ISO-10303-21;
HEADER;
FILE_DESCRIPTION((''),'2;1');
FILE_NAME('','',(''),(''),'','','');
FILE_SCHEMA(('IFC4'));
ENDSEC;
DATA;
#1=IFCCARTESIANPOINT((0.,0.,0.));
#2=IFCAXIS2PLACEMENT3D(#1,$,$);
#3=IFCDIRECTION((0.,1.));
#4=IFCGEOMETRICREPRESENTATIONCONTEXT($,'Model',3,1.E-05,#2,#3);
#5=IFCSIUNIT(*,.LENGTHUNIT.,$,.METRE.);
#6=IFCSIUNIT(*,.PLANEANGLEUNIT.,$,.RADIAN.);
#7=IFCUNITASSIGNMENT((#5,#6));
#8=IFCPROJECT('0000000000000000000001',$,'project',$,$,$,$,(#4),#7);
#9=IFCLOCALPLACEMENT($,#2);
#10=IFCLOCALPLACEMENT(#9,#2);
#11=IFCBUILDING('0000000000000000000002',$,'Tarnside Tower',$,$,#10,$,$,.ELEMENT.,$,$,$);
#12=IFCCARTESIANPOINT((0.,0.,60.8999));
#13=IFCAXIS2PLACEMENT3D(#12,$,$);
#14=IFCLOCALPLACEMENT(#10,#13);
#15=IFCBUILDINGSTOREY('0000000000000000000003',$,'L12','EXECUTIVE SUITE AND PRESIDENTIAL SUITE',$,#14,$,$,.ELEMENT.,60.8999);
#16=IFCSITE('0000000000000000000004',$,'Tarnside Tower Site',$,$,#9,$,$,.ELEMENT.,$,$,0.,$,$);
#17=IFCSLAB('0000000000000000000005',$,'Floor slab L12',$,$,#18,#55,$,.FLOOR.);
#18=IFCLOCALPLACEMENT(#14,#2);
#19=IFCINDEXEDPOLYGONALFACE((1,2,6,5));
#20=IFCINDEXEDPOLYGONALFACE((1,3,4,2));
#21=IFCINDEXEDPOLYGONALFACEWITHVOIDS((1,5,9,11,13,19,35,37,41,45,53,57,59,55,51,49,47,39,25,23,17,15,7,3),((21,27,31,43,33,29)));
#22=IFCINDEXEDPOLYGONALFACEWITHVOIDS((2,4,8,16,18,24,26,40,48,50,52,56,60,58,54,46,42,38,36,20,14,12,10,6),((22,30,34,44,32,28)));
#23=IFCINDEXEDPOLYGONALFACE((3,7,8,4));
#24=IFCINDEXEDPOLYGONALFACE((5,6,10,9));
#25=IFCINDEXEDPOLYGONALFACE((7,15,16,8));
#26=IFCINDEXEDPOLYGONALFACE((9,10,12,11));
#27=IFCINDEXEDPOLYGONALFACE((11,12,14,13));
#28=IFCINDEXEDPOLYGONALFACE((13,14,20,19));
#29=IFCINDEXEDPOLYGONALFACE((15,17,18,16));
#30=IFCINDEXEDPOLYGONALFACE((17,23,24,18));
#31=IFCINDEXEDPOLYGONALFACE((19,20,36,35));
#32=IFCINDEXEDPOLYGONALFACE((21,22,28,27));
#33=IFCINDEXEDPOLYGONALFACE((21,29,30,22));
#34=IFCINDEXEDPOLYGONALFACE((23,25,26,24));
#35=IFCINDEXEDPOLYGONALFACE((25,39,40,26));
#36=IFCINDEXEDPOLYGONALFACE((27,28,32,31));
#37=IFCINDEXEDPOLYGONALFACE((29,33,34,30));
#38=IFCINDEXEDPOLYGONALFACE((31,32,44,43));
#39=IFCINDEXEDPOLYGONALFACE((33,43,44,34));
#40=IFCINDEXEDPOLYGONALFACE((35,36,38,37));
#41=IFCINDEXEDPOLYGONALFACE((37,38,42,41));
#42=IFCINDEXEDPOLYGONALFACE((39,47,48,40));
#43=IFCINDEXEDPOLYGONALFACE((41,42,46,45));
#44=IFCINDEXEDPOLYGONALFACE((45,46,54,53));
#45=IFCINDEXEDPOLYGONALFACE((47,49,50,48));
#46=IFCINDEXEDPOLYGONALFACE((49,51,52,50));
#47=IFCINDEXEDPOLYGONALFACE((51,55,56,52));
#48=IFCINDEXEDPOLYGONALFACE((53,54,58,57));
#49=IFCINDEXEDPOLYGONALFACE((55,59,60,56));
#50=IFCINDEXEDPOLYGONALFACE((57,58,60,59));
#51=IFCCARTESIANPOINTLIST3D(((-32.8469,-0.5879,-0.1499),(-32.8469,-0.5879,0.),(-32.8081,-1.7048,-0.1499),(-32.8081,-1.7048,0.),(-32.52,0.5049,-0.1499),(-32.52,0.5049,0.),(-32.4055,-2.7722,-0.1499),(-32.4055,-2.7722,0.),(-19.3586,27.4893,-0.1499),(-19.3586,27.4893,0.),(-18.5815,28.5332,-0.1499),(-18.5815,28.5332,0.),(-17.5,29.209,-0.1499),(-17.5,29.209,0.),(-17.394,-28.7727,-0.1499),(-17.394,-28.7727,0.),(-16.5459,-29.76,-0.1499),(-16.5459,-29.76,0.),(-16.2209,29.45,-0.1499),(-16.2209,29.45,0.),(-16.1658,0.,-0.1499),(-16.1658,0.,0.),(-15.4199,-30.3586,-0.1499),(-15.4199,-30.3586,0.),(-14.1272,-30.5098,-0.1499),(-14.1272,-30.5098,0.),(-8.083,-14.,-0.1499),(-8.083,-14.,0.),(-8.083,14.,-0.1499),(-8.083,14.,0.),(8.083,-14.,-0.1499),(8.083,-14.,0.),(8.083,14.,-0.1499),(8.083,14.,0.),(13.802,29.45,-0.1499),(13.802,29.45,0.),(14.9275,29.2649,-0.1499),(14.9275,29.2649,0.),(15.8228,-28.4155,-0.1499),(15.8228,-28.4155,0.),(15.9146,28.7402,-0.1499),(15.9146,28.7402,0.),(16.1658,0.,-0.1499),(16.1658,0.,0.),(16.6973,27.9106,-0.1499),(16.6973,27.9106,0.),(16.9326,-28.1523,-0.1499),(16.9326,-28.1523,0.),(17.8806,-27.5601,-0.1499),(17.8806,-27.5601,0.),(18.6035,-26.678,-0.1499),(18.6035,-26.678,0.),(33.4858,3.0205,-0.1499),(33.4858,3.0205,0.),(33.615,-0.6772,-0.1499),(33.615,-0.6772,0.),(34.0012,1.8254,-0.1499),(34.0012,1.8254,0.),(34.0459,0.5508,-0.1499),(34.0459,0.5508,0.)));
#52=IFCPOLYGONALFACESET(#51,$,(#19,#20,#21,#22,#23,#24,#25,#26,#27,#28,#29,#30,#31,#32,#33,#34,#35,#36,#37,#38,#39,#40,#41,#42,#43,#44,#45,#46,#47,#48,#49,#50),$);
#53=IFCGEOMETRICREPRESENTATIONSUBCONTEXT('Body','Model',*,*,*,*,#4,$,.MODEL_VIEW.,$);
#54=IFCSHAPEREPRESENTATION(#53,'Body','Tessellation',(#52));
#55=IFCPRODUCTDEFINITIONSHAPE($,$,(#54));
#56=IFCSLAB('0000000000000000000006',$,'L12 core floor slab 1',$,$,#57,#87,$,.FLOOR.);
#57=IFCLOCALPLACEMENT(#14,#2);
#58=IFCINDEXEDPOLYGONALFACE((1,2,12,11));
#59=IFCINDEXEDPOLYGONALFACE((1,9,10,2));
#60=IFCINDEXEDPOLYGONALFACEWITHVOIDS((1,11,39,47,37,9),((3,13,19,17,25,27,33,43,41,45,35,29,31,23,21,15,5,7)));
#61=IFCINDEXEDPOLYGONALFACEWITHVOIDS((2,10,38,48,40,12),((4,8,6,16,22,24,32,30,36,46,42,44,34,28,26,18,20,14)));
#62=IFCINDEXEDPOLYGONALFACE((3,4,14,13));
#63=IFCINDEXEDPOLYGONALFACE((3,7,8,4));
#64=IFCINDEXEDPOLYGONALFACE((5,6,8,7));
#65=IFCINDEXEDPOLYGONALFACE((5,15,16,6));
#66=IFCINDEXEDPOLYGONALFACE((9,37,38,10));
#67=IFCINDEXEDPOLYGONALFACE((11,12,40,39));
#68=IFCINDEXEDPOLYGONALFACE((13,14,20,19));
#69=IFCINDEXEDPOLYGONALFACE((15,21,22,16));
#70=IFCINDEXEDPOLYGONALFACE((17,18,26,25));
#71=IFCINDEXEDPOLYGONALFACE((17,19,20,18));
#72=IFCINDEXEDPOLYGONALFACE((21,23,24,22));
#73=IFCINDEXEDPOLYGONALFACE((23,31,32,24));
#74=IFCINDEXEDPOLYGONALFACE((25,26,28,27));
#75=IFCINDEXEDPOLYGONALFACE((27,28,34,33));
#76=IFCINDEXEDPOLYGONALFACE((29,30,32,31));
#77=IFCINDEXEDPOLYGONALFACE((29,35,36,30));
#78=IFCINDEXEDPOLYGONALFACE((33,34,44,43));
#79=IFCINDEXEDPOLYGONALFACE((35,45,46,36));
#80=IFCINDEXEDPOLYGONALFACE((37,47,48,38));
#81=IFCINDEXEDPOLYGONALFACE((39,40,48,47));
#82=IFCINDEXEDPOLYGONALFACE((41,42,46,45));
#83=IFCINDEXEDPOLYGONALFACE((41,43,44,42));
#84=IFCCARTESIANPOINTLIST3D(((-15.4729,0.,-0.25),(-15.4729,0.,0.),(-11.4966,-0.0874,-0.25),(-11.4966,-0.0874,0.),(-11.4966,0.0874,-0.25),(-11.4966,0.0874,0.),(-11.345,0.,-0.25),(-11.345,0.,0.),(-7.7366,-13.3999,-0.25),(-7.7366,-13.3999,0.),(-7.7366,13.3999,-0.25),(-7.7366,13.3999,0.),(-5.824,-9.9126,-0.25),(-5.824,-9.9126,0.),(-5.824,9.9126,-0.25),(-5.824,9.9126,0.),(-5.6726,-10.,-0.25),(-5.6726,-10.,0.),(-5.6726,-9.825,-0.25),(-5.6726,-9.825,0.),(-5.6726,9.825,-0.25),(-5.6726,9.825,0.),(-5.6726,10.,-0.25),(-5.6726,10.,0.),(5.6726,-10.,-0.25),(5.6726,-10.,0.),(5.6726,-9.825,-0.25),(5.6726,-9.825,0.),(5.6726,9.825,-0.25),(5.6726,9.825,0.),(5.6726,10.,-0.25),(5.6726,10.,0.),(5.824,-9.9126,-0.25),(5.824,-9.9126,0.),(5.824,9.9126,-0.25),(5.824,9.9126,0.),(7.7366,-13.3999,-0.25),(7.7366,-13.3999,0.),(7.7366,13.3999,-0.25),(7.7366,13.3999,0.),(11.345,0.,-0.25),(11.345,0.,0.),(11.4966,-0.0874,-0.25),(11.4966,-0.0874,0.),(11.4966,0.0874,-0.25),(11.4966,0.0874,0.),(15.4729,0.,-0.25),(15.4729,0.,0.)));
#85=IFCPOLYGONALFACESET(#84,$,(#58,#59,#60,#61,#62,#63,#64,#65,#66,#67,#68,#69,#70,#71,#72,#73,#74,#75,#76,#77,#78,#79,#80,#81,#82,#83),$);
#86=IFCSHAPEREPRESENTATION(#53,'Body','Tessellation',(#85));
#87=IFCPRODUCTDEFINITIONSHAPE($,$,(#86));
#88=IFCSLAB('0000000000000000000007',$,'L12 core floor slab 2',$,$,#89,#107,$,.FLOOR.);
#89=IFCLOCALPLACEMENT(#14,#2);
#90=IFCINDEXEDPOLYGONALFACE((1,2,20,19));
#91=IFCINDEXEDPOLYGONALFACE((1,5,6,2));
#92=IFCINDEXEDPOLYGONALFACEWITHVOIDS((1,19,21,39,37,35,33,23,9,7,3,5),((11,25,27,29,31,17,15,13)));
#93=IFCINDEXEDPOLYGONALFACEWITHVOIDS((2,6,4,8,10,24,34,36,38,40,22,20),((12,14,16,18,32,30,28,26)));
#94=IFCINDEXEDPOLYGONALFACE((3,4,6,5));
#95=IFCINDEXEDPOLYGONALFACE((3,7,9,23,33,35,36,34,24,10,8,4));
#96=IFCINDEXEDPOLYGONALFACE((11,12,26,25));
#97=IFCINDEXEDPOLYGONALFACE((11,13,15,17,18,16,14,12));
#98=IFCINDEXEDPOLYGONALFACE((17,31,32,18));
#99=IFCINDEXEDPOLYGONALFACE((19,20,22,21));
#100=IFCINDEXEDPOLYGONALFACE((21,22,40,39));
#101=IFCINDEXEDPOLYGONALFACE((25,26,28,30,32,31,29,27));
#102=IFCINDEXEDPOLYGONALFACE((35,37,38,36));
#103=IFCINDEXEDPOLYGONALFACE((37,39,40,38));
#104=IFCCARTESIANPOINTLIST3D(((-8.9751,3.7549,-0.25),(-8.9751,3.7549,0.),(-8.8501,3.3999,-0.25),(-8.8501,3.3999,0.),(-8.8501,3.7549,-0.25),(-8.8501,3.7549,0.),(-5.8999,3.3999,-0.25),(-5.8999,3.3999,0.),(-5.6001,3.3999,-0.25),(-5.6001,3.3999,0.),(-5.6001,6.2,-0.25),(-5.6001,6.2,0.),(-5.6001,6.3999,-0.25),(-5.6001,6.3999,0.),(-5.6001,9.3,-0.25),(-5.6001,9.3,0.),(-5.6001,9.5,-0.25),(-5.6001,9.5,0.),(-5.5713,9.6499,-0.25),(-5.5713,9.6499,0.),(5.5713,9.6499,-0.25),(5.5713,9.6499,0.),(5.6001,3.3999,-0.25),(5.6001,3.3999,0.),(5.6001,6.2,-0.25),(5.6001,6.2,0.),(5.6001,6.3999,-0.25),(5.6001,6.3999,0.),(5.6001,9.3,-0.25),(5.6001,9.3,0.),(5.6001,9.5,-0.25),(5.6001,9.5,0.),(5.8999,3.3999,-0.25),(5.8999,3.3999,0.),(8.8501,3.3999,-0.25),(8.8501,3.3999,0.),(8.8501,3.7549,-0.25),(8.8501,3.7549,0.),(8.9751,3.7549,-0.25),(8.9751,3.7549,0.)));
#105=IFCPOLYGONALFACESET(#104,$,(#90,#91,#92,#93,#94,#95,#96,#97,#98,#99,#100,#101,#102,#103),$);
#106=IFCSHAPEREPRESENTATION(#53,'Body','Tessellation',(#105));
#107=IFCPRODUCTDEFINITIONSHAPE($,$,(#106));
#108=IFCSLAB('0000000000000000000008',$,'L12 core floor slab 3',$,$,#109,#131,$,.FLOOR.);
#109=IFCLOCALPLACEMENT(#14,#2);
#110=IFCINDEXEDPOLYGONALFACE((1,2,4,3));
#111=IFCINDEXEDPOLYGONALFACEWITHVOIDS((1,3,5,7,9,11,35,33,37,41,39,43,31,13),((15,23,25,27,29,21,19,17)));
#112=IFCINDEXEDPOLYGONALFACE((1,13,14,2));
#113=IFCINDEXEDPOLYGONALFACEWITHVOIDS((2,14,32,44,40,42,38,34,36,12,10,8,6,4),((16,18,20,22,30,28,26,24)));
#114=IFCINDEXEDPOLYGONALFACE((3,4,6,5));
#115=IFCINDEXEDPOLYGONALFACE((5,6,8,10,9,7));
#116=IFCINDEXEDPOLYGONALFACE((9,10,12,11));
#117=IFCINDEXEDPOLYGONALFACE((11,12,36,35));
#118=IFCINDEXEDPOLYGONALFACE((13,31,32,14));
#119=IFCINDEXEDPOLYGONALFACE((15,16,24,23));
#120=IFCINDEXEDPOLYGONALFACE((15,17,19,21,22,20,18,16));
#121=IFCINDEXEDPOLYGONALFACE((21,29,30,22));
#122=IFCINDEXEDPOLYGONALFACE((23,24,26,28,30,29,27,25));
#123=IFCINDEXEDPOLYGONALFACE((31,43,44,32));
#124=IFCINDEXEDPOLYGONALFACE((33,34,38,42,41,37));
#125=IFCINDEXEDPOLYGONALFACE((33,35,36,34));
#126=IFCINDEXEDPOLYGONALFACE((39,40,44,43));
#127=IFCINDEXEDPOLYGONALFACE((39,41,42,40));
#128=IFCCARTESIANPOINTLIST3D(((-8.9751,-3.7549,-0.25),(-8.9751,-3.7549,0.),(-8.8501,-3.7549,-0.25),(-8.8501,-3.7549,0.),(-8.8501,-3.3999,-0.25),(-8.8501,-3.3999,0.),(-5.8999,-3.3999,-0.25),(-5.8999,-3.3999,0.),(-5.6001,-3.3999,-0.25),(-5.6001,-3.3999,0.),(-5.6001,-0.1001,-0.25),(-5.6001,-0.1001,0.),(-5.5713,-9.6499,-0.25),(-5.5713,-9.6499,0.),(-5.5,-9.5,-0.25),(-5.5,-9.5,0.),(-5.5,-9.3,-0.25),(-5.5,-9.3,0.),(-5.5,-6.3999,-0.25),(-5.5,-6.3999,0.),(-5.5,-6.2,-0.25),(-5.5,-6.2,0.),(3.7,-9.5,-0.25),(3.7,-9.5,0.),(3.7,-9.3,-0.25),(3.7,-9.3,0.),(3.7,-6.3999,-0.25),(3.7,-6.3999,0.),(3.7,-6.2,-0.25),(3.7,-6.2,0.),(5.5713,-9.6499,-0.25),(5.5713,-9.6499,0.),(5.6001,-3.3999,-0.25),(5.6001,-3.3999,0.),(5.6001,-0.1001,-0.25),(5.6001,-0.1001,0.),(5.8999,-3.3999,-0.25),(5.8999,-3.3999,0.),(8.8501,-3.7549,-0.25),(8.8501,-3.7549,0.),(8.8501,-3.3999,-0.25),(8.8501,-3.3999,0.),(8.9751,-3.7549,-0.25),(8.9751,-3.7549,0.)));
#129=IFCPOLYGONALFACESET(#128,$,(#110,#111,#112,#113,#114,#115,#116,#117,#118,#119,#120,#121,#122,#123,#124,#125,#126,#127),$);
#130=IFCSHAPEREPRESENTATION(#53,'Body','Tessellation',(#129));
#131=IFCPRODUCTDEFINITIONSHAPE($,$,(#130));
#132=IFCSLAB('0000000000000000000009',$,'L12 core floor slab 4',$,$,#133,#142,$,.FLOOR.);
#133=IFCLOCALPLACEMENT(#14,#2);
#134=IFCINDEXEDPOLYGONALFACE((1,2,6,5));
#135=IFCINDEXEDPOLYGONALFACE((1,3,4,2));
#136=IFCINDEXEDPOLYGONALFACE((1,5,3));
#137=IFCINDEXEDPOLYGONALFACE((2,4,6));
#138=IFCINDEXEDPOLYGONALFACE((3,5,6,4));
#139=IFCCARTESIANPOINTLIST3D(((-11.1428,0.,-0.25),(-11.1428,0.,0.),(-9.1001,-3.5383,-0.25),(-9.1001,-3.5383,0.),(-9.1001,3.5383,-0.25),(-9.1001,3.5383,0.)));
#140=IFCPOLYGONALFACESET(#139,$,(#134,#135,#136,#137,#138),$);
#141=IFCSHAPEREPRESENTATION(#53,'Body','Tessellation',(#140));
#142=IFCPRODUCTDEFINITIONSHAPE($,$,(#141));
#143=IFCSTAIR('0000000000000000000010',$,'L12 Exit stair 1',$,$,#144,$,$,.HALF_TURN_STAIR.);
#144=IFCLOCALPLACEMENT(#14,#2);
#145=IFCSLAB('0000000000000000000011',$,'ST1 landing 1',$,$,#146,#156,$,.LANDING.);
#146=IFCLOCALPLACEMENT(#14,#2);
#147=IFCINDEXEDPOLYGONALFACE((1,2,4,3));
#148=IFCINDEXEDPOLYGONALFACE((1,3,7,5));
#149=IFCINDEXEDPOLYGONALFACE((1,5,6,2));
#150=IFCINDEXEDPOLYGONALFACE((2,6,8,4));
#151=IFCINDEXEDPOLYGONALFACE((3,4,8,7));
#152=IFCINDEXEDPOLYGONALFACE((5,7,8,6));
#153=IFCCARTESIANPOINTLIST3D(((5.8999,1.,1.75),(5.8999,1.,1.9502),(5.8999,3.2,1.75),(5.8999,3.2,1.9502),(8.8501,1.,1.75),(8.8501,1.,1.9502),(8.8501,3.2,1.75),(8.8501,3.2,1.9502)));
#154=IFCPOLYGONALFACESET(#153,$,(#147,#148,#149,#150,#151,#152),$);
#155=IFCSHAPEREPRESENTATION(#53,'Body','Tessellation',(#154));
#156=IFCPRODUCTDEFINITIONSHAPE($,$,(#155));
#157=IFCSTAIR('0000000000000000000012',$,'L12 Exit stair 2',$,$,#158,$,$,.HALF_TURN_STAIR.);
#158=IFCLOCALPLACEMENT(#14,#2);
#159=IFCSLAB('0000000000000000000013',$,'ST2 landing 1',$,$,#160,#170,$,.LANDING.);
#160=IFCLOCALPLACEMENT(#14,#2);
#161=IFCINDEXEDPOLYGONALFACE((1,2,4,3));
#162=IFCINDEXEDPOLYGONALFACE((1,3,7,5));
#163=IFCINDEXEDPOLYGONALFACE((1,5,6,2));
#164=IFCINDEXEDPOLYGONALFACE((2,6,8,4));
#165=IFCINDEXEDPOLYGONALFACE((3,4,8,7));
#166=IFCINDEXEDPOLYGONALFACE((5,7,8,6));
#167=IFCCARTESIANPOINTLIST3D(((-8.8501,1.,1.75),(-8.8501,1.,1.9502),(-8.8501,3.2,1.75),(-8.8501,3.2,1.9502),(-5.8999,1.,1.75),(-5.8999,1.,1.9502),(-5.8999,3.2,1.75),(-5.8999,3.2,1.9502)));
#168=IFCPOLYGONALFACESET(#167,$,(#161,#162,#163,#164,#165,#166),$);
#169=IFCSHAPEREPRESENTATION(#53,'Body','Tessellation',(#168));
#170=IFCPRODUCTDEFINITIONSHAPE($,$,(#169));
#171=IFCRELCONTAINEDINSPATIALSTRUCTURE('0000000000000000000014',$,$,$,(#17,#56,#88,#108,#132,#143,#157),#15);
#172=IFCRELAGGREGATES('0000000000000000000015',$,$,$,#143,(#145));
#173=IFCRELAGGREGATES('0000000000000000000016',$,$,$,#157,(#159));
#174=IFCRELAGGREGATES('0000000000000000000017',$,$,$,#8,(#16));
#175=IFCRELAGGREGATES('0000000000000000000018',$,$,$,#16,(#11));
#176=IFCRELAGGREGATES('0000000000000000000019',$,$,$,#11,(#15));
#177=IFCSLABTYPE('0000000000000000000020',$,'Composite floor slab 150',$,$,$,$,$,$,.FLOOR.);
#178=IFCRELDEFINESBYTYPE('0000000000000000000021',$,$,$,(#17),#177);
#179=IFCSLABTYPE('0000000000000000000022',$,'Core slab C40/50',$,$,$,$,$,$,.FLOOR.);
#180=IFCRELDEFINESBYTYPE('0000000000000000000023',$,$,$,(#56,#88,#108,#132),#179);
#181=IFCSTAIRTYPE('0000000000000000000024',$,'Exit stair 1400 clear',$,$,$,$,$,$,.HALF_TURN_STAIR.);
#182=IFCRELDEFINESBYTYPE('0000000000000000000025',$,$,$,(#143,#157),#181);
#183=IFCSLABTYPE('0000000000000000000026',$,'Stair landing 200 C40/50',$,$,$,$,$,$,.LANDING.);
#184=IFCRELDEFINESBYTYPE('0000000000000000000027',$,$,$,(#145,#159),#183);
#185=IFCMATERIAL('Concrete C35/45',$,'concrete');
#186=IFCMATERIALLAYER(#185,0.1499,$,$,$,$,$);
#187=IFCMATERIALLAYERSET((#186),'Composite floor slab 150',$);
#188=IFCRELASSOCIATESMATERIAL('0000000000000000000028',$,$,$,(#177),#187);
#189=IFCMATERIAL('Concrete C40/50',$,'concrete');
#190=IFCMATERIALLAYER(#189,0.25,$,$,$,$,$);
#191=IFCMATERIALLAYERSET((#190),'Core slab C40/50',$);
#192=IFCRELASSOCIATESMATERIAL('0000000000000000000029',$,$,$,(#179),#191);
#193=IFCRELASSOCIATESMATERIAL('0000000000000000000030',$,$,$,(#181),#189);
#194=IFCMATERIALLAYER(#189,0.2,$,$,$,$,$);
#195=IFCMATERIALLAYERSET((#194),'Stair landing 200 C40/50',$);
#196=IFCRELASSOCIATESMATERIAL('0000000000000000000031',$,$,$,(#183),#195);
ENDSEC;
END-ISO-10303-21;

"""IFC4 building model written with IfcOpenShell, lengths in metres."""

from ifc_helpers import new_model, si_unit, direction, frame, origin, place, context, subcontext, project, spatial, polyline, outline, extrude, material, layer, layer_set, type_object, element, aggregate, save


model = new_model("IFC4")

# Units and contexts
model_context = context("Model", 3, precision=1e-05, world=origin(), true_north=direction((0.0, 1.0)))
body_context = subcontext(model_context, "Body", "Model", "MODEL_VIEW")
ifc_project = project(units=[si_unit("LENGTHUNIT", "METRE"), si_unit("PLANEANGLEUNIT", "RADIAN")], contexts=[model_context])

# Site, building, storey
site_placement = place(None, origin())
site = spatial("IfcSite", under=ifc_project, at=site_placement, Name="Tarnside Tower Site", CompositionType="ELEMENT", RefElevation=0.0)
building_placement = place(site_placement, origin())
building = spatial("IfcBuilding", under=site, at=building_placement, Name="Tarnside Tower", CompositionType="ELEMENT")
storey_placement = place(building_placement, frame((0.0, 0.0, 60.8999)))
storey = spatial("IfcBuildingStorey", under=building, at=storey_placement, Name="L12", Description="EXECUTIVE SUITE AND PRESIDENTIAL SUITE", CompositionType="ELEMENT", Elevation=60.8999)

# Slabs
ifc_material_1 = material(Name="Concrete C35/45", Category="concrete")
ifc_layer_1 = layer(ifc_material_1, 0.1499)
ifc_layer_set_1 = layer_set([ifc_layer_1], Name="Composite floor slab 150")
slab_type_1 = type_object("IfcSlabType", Name="Composite floor slab 150", PredefinedType="FLOOR", material=ifc_layer_set_1)
slab_1_placement = place(storey_placement, frame((0.0, 0.0, -0.1499)))
element("IfcSlab", 1, at=slab_1_placement, inside=storey, type_object=slab_type_1, Name="Floor slab L12", PredefinedType="FLOOR", context=body_context, shape_type="SweptSolid", body=[
    extrude(outline(polyline([(14.9275, 29.2649), (15.9146, 28.7402), (16.6973, 27.9106), (33.4858, 3.0205), (34.0012, 1.8254), (34.0459, 0.5508), (33.615, -0.6772), (18.6035, -26.678), (17.8806, -27.5601), (16.9326, -28.1523), (15.8228, -28.4155), (-14.1272, -30.5098), (-15.4199, -30.3586), (-16.5459, -29.76), (-17.394, -28.7727), (-32.4055, -2.7722), (-32.8081, -1.7048), (-32.8469, -0.5879), (-32.52, 0.5049), (-19.3586, 27.4893), (-18.5815, 28.5332), (-17.5, 29.209), (-16.2209, 29.45), (13.802, 29.45), (14.9275, 29.2649)]), holes=[polyline([(-16.1658, 0.0), (-8.083, -14.0), (8.083, -14.0), (16.1658, 0.0), (8.083, 14.0), (-8.083, 14.0), (-16.1658, 0.0)])]), origin(), (0.0, 0.0, 1.0), 0.1499),
])
ifc_material_2 = material(Name="Concrete C40/50", Category="concrete")
ifc_layer_2 = layer(ifc_material_2, 0.25)
ifc_layer_set_2 = layer_set([ifc_layer_2], Name="Core slab C40/50")
slab_type_2 = type_object("IfcSlabType", Name="Core slab C40/50", PredefinedType="FLOOR", material=ifc_layer_set_2)
slab_2_placement = place(storey_placement, frame((0.0, 0.0, -0.25)))
element("IfcSlab", 2, at=slab_2_placement, inside=storey, type_object=slab_type_2, Name="L12 core floor slab 1", PredefinedType="FLOOR", context=body_context, shape_type="SweptSolid", body=[
    extrude(outline(polyline([(-15.4729, 0.0), (-7.7366, 13.3999), (7.7366, 13.3999), (15.4729, 0.0), (7.7366, -13.3999), (-7.7366, -13.3999), (-15.4729, 0.0)]), holes=[polyline([(5.824, -9.9126), (11.4966, -0.0874), (11.345, 0.0), (11.4966, 0.0874), (5.824, 9.9126), (5.6726, 9.825), (5.6726, 10.0), (-5.6726, 10.0), (-5.6726, 9.825), (-5.824, 9.9126), (-11.4966, 0.0874), (-11.345, 0.0), (-11.4966, -0.0874), (-5.824, -9.9126), (-5.6726, -9.825), (-5.6726, -10.0), (5.6726, -10.0), (5.6726, -9.825), (5.824, -9.9126)])]), origin(), (0.0, 0.0, 1.0), 0.25),
])
slab_3_placement = place(storey_placement, frame((0.0, 0.0, -0.25)))
element("IfcSlab", 3, at=slab_3_placement, inside=storey, type_object=slab_type_2, Name="L12 core floor slab 2", PredefinedType="FLOOR", context=body_context, shape_type="SweptSolid", body=[
    extrude(outline(polyline([(-8.9751, 3.7549), (-5.5713, 9.6499), (5.5713, 9.6499), (8.9751, 3.7549), (8.8501, 3.7549), (8.8501, 3.3999), (5.8999, 3.3999), (5.6001, 3.3999), (5.6001, 3.3999), (-5.6001, 3.3999), (-5.8999, 3.3999), (-8.8501, 3.3999), (-8.8501, 3.7549), (-8.9751, 3.7549)]), holes=[polyline([(-5.6001, 6.2), (5.6001, 6.2), (5.6001, 6.3999), (5.6001, 9.3), (5.6001, 9.5), (-5.6001, 9.5), (-5.6001, 9.3), (-5.6001, 6.3999), (-5.6001, 6.2)])]), origin(), (0.0, 0.0, 1.0), 0.25),
])
slab_4_placement = place(storey_placement, frame((0.0, 0.0, -0.25)))
element("IfcSlab", 4, at=slab_4_placement, inside=storey, type_object=slab_type_2, Name="L12 core floor slab 3", PredefinedType="FLOOR", context=body_context, shape_type="SweptSolid", body=[
    extrude(outline(polyline([(5.6001, -3.3999), (5.8999, -3.3999), (8.8501, -3.3999), (8.8501, -3.7549), (8.9751, -3.7549), (5.5713, -9.6499), (-5.5713, -9.6499), (-8.9751, -3.7549), (-8.8501, -3.7549), (-8.8501, -3.3999), (-5.8999, -3.3999), (-5.6001, -3.3999), (-5.6001, -0.1001), (5.6001, -0.1001), (5.6001, -3.3999)]), holes=[polyline([(-5.5, -9.3), (-5.5, -9.5), (3.7, -9.5), (3.7, -9.3), (3.7, -6.3999), (3.7, -6.2), (-5.5, -6.2), (-5.5, -6.3999), (-5.5, -9.3)])]), origin(), (0.0, 0.0, 1.0), 0.25),
])
slab_5_placement = place(storey_placement, frame((0.0, 0.0, -0.25)))
element("IfcSlab", 5, at=slab_5_placement, inside=storey, type_object=slab_type_2, Name="L12 core floor slab 4", PredefinedType="FLOOR", context=body_context, shape_type="SweptSolid", body=[
    extrude(outline(polyline([(-11.1428, 0.0), (-9.1001, 3.5383), (-9.1001, -3.5383), (-11.1428, 0.0)])), origin(), (0.0, 0.0, 1.0), 0.25),
])

# Stairs, slabs
stair_type = type_object("IfcStairType", Name="Exit stair 1400 clear", PredefinedType="HALF_TURN_STAIR", material=ifc_material_2)
stair_1_placement = place(storey_placement, origin())
stair_1 = element("IfcStair", 6, at=stair_1_placement, inside=storey, type_object=stair_type, Name="L12 Exit stair 1", PredefinedType="HALF_TURN_STAIR")
ifc_layer_3 = layer(ifc_material_2, 0.2)
ifc_layer_set_3 = layer_set([ifc_layer_3], Name="Stair landing 200 C40/50")
slab_type_3 = type_object("IfcSlabType", Name="Stair landing 200 C40/50", PredefinedType="LANDING", material=ifc_layer_set_3)
slab_6_placement = place(storey_placement, frame((0.0, 0.0, 1.75)))
slab_6 = element("IfcSlab", 7, at=slab_6_placement, type_object=slab_type_3, Name="ST1 landing 1", PredefinedType="LANDING", context=body_context, shape_type="SweptSolid", body=[
    extrude(outline(polyline([(8.8501, 1.0), (8.8501, 3.2), (5.8999, 3.2), (5.8999, 1.0), (8.8501, 1.0)])), origin(), (0.0, 0.0, 1.0), 0.2002),
])
aggregate(stair_1, [slab_6])
stair_2_placement = place(storey_placement, origin())
stair_2 = element("IfcStair", 8, at=stair_2_placement, inside=storey, type_object=stair_type, Name="L12 Exit stair 2", PredefinedType="HALF_TURN_STAIR")
slab_7_placement = place(storey_placement, frame((0.0, 0.0, 1.75)))
slab_7 = element("IfcSlab", 9, at=slab_7_placement, type_object=slab_type_3, Name="ST2 landing 1", PredefinedType="LANDING", context=body_context, shape_type="SweptSolid", body=[
    extrude(outline(polyline([(-5.8999, 1.0), (-5.8999, 3.2), (-8.8501, 3.2), (-8.8501, 1.0), (-5.8999, 1.0)])), origin(), (0.0, 0.0, 1.0), 0.2002),
])

aggregate(stair_2, [slab_7])

save(model, "model.ifc")
